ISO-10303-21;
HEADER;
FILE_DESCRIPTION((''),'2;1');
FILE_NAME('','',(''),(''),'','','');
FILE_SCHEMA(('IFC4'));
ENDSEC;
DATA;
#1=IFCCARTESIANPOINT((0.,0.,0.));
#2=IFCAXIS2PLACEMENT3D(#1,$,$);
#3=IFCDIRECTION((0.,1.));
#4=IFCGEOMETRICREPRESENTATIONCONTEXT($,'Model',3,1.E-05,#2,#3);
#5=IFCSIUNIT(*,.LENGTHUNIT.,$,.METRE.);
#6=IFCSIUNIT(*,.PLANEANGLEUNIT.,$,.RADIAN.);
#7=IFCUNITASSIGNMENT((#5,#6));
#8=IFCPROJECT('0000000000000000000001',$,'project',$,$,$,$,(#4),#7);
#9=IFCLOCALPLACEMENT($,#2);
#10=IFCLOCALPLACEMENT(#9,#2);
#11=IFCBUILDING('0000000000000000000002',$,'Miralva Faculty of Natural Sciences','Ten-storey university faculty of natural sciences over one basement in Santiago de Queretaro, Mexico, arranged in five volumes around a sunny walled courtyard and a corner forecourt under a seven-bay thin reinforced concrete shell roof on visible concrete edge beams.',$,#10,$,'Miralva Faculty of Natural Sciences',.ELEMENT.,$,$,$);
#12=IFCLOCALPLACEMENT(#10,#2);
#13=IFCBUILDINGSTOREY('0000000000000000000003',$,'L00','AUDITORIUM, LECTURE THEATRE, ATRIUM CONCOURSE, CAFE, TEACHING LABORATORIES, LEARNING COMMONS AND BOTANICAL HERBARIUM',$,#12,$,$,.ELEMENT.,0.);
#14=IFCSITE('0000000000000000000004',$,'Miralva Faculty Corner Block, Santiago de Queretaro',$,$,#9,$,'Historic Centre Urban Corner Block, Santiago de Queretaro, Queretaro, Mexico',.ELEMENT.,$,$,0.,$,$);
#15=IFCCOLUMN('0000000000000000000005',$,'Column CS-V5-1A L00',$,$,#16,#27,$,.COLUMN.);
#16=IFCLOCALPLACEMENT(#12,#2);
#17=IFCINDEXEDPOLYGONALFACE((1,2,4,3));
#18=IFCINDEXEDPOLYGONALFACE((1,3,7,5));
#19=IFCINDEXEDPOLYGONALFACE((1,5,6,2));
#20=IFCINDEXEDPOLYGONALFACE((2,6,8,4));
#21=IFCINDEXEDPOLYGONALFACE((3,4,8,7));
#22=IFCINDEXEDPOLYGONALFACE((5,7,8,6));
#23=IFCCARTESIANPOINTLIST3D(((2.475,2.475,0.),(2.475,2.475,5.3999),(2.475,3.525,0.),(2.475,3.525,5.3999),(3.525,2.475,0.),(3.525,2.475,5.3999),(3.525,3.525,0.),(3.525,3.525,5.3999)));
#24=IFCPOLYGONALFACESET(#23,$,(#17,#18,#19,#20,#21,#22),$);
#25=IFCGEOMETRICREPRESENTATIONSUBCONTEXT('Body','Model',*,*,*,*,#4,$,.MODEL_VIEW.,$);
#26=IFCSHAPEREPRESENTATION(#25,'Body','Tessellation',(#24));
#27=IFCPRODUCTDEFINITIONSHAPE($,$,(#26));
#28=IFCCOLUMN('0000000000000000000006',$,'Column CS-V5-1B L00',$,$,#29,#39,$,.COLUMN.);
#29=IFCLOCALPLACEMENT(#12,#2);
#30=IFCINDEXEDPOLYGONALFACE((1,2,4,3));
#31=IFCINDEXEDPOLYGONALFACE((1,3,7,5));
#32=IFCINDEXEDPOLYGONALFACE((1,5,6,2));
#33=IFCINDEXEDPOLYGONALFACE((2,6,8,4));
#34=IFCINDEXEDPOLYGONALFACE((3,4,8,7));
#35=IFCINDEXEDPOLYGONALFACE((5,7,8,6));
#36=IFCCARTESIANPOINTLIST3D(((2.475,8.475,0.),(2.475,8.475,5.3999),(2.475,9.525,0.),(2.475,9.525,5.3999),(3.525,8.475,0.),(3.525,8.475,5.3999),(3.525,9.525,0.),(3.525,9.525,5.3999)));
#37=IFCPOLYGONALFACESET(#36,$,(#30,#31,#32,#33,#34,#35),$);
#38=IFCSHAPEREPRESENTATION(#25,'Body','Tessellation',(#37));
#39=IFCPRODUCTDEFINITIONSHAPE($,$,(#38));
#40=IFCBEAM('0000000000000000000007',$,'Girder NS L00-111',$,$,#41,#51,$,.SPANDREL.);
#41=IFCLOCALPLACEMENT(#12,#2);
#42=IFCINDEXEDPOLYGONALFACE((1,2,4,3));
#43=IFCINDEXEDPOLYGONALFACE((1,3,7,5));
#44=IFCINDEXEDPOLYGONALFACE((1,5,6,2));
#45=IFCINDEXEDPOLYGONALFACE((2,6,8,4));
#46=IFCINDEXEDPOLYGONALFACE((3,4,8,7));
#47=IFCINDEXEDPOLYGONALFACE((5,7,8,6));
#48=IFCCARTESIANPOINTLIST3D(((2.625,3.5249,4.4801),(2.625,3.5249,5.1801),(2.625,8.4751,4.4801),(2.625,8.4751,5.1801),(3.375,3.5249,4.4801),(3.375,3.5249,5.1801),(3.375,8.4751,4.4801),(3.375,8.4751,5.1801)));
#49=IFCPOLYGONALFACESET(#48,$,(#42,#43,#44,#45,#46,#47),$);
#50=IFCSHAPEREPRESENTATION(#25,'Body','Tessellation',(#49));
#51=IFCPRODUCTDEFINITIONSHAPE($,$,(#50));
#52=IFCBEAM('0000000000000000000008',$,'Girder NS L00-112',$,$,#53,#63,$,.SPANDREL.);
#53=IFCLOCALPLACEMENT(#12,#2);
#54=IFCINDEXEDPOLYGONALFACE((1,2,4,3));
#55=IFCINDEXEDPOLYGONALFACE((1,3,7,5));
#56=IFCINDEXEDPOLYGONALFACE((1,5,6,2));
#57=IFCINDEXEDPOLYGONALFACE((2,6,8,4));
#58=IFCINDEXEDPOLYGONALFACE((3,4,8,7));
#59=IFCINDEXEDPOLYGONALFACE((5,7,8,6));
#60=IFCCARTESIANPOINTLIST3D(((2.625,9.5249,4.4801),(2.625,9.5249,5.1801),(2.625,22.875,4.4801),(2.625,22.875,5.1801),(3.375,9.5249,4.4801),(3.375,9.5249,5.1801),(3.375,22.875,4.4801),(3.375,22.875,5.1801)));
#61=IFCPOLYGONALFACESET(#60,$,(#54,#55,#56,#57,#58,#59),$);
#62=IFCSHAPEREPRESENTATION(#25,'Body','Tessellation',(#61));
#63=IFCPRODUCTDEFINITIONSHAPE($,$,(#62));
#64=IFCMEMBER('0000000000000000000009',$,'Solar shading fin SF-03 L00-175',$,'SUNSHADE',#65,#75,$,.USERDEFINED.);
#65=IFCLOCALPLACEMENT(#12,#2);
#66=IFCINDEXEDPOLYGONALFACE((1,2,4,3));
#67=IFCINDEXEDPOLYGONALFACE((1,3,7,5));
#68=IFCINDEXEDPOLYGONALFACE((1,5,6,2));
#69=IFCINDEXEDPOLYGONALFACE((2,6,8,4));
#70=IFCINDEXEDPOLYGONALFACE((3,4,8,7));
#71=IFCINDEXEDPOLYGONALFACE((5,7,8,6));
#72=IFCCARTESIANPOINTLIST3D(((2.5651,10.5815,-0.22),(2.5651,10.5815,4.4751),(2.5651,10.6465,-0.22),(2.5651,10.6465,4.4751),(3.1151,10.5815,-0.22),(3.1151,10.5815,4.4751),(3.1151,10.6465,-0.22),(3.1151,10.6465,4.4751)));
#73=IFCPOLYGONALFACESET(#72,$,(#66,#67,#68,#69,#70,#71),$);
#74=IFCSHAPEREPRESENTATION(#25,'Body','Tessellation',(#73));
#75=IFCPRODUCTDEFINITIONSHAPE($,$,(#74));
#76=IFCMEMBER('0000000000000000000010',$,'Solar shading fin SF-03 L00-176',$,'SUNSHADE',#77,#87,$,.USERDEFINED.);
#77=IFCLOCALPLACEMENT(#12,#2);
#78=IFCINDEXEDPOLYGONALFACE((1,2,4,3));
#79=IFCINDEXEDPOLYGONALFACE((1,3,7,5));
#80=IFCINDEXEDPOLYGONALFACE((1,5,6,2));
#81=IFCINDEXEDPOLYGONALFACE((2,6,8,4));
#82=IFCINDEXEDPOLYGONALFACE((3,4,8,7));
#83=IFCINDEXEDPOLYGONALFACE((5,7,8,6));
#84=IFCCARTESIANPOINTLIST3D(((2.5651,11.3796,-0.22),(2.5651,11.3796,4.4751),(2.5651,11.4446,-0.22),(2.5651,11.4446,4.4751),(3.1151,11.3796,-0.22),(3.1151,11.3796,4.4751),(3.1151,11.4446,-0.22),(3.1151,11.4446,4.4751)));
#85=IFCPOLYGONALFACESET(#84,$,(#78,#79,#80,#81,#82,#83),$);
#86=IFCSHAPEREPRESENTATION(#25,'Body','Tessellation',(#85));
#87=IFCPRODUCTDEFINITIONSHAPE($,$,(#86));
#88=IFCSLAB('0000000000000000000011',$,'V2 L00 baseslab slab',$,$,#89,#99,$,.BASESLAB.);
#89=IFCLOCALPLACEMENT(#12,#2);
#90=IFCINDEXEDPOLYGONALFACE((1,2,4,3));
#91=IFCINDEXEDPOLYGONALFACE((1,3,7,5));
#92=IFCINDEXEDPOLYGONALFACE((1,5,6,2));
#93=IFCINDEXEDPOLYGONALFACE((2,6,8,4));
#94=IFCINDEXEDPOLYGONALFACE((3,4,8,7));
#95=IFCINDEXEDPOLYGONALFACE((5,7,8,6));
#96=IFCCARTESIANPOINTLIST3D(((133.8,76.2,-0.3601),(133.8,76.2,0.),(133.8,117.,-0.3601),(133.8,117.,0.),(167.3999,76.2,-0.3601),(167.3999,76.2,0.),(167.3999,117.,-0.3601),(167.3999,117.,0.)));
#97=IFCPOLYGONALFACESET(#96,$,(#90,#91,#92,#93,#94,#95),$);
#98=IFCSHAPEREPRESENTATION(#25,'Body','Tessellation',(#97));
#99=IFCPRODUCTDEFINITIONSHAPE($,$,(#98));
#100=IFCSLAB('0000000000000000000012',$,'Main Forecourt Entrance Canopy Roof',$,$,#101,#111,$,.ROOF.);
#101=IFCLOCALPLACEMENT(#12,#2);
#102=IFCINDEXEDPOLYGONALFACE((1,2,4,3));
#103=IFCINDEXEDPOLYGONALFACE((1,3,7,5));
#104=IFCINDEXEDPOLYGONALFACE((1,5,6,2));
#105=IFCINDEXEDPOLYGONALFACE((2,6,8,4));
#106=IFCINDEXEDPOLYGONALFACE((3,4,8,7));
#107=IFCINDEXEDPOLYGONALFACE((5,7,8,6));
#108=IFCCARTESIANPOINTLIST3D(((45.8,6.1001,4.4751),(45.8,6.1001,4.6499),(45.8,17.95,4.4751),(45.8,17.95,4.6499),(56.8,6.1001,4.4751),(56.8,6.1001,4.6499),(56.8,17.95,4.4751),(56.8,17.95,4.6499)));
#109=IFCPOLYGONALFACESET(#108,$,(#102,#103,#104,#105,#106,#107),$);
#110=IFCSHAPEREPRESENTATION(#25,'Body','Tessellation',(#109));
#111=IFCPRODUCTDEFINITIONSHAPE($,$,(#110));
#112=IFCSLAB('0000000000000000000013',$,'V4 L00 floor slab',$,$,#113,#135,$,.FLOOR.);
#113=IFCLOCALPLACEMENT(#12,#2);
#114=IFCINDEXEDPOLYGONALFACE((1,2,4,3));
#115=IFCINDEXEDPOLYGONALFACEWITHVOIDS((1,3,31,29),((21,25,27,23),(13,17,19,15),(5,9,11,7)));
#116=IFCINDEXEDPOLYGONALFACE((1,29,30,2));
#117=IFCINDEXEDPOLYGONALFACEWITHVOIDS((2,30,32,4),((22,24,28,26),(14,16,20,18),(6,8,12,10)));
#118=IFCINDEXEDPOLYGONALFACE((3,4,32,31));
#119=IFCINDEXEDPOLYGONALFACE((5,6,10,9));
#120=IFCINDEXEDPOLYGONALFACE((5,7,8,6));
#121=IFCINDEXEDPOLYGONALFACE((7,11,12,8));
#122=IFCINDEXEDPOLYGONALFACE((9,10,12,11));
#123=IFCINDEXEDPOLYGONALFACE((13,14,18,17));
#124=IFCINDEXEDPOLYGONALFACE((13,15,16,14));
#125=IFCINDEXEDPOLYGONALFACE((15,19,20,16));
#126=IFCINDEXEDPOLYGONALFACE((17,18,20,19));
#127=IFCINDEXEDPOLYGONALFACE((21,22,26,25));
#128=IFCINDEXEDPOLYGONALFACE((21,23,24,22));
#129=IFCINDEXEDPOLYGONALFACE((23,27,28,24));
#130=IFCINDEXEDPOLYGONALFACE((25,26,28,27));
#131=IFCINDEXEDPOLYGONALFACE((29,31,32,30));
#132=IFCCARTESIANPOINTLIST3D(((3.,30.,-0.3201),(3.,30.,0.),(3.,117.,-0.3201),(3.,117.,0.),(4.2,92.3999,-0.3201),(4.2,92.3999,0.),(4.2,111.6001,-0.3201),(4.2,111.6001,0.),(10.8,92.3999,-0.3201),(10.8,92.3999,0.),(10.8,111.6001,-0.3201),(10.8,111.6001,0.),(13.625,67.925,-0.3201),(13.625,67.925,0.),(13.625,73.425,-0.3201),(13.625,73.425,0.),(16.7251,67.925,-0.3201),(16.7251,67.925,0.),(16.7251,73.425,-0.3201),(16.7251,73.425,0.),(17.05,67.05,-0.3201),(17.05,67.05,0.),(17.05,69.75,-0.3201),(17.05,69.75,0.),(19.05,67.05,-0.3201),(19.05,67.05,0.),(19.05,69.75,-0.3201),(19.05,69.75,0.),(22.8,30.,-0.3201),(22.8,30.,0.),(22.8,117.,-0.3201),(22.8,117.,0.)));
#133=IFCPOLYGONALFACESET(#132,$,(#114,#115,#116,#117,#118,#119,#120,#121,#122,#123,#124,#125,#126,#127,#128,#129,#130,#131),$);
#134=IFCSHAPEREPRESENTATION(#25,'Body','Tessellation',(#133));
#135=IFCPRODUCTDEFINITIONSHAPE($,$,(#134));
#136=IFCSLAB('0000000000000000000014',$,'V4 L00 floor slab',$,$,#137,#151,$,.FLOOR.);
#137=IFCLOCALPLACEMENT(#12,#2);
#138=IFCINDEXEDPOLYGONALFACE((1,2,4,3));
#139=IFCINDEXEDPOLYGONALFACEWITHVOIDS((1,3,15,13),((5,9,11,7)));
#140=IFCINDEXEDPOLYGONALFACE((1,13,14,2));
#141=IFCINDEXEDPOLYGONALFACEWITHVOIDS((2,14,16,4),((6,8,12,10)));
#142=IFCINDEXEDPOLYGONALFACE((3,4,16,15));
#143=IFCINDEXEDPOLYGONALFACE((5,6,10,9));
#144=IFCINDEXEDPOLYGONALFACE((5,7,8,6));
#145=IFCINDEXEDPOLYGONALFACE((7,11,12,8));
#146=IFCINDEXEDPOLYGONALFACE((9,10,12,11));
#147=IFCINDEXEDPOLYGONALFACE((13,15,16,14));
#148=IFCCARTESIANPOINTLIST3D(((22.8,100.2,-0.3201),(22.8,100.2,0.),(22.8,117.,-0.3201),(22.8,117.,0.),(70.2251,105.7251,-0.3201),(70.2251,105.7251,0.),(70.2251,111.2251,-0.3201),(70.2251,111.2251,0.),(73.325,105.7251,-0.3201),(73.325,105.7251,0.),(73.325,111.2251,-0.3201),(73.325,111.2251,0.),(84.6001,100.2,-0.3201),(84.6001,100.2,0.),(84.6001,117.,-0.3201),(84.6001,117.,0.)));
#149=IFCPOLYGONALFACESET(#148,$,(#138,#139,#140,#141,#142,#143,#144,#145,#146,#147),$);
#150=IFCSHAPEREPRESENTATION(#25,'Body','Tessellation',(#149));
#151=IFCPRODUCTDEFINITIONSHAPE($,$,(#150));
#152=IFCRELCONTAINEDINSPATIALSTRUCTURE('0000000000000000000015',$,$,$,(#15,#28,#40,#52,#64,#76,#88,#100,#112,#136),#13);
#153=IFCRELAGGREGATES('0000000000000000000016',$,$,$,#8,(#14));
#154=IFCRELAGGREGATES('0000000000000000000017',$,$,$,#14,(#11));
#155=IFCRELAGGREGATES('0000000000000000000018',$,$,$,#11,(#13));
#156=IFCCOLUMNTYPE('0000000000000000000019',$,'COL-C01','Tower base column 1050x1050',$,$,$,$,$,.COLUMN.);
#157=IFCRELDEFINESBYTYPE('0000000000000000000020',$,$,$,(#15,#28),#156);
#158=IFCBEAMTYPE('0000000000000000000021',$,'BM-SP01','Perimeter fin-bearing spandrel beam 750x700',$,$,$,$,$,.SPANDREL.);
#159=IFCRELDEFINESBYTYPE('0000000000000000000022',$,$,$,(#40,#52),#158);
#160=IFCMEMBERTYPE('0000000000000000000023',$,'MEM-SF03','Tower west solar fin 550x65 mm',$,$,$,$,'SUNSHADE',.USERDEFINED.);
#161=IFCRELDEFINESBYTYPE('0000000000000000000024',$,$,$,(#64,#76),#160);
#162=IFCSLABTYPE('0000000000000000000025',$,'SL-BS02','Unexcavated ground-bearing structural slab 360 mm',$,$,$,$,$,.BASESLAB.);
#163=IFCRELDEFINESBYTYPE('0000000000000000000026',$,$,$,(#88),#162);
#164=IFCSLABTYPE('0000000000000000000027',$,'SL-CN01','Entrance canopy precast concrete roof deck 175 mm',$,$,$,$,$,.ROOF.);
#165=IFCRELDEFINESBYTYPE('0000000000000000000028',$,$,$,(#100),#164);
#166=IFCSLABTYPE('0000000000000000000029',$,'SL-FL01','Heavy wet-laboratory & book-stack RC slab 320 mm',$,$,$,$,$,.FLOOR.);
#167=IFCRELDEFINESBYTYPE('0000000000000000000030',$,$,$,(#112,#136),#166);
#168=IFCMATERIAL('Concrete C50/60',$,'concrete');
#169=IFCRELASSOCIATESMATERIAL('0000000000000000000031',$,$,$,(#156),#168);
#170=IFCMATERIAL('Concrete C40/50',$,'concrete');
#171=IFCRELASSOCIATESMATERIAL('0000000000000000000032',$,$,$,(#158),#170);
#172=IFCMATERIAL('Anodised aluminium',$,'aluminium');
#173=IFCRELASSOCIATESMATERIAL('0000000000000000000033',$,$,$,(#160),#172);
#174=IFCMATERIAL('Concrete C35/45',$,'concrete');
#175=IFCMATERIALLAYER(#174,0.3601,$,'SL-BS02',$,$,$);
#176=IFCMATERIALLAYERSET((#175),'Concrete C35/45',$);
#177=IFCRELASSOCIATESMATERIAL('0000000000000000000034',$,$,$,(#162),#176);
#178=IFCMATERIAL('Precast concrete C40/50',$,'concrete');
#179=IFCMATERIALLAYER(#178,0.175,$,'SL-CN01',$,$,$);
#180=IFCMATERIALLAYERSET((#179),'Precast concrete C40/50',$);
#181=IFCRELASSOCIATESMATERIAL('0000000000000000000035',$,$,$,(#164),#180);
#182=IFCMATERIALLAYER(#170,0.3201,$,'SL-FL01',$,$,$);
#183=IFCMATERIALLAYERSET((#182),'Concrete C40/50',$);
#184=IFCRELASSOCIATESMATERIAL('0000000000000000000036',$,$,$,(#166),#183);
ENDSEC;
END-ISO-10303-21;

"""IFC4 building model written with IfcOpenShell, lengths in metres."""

from ifc_helpers import new_model, si_unit, direction, frame, origin, origin_2d, place, context, subcontext, project, spatial, polyline, rectangle, outline, extrude, material, layer, layer_set, material_profile, profile_set, type_object, element, save


model = new_model("IFC4")

# Units and contexts
model_context = context("Model", 3, precision=1e-05, world=origin(), true_north=direction((0.0, 1.0)))
body_context = subcontext(model_context, "Body", "Model", "MODEL_VIEW")
ifc_project = project(units=[si_unit("LENGTHUNIT", "METRE"), si_unit("PLANEANGLEUNIT", "RADIAN")], contexts=[model_context])

# Site, building, storey
site_placement = place(None, origin())
site = spatial("IfcSite", under=ifc_project, at=site_placement, Name="Miralva Faculty Corner Block, Santiago de Queretaro", LongName="Historic Centre Urban Corner Block, Santiago de Queretaro, Queretaro, Mexico", CompositionType="ELEMENT", RefElevation=0.0)
building_placement = place(site_placement, origin())
building = spatial("IfcBuilding", under=site, at=building_placement, Name="Miralva Faculty of Natural Sciences", Description="Ten-storey university faculty of natural sciences over one basement in Santiago de Queretaro, Mexico, arranged in five volumes around a sunny walled courtyard and a corner forecourt under a seven-bay thin reinforced concrete shell roof on visible concrete edge beams.", LongName="Miralva Faculty of Natural Sciences", CompositionType="ELEMENT")
storey_placement = place(building_placement, origin())
storey = spatial("IfcBuildingStorey", under=building, at=storey_placement, Name="L00", Description="AUDITORIUM, LECTURE THEATRE, ATRIUM CONCOURSE, CAFE, TEACHING LABORATORIES, LEARNING COMMONS AND BOTANICAL HERBARIUM", CompositionType="ELEMENT", Elevation=0.0)

# Columns
ifc_material_1 = material(Name="Concrete C50/60", Category="concrete")
ifc_material_profile_1 = material_profile(ifc_material_1, rectangle(XDim=1.05, YDim=1.05, at=origin_2d()), Name="RC 1050x1050")
ifc_profile_set_1 = profile_set([ifc_material_profile_1], Name="Concrete C50/60")
column_type = type_object("IfcColumnType", Name="COL-C01", Description="Tower base column 1050x1050", PredefinedType="COLUMN", material=ifc_profile_set_1)
for number, where, z_axis, x_axis, name in (
    (1, (3.0, 3.0, 0.0), (0.0, 0.0, 1.0), (1.0, 0.0, 0.0), "Column CS-V5-1A L00"),
    (2, (3.0, 9.0, 0.0), (0.0, 0.0, 1.0), (1.0, 0.0, 0.0), "Column CS-V5-1B L00"),
):
    element("IfcColumn", number, at=place(storey_placement, frame(where, z_axis=z_axis, x_axis=x_axis)), inside=storey, type_object=column_type, Name=name, PredefinedType="COLUMN", context=body_context, shape_type="SweptSolid", body=[
        extrude(rectangle(XDim=1.05, YDim=1.05, at=origin_2d()), origin(), (0.0, 0.0, 1.0), 5.3999),
    ])

# Beams
ifc_material_2 = material(Name="Concrete C40/50", Category="concrete")
ifc_material_profile_2 = material_profile(ifc_material_2, rectangle(XDim=0.75, YDim=0.7, at=origin_2d()), Name="RC 750x700")
ifc_profile_set_2 = profile_set([ifc_material_profile_2], Name="Concrete C40/50")
beam_type = type_object("IfcBeamType", Name="BM-SP01", Description="Perimeter fin-bearing spandrel beam 750x700", PredefinedType="SPANDREL", material=ifc_profile_set_2)
beam_1_placement = place(storey_placement, frame((3.0, 3.5249, 4.8301), z_axis=(0.0, 1.0, 0.0), x_axis=(-1.0, 0.0, 0.0)))
element("IfcBeam", 3, at=beam_1_placement, inside=storey, type_object=beam_type, Name="Girder NS L00-111", PredefinedType="SPANDREL", context=body_context, shape_type="SweptSolid", body=[
    extrude(rectangle(XDim=0.75, YDim=0.7, at=origin_2d()), origin(), (0.0, 0.0, 1.0), 4.9502),
])
beam_2_placement = place(storey_placement, frame((3.0, 9.5249, 4.8301), z_axis=(0.0, 1.0, 0.0), x_axis=(-1.0, 0.0, 0.0)))
element("IfcBeam", 4, at=beam_2_placement, inside=storey, type_object=beam_type, Name="Girder NS L00-112", PredefinedType="SPANDREL", context=body_context, shape_type="SweptSolid", body=[
    extrude(rectangle(XDim=0.75, YDim=0.7, at=origin_2d()), origin(), (0.0, 0.0, 1.0), 13.3501),
])

# Members
ifc_material_3 = material(Name="Anodised aluminium", Category="aluminium")
ifc_material_profile_3 = material_profile(ifc_material_3, rectangle(XDim=0.0649, YDim=0.55, at=origin_2d()), Name="FIN 550x65")
ifc_profile_set_3 = profile_set([ifc_material_profile_3], Name="Anodised aluminium")
member_type = type_object("IfcMemberType", Name="MEM-SF03", Description="Tower west solar fin 550x65 mm", ElementType="SUNSHADE", PredefinedType="USERDEFINED", material=ifc_profile_set_3)
for number, where, z_axis, x_axis, name in (
    (5, (2.8401, 10.614, -0.22), (0.0, 0.0, 1.0), (0.0, -1.0, 0.0), "Solar shading fin SF-03 L00-175"),
    (6, (2.8401, 11.4121, -0.22), (0.0, 0.0, 1.0), (0.0, -1.0, 0.0), "Solar shading fin SF-03 L00-176"),
):
    element("IfcMember", number, at=place(storey_placement, frame(where, z_axis=z_axis, x_axis=x_axis)), inside=storey, type_object=member_type, Name=name, ObjectType="SUNSHADE", PredefinedType="USERDEFINED", context=body_context, shape_type="SweptSolid", body=[
        extrude(rectangle(XDim=0.0649, YDim=0.55, at=origin_2d()), origin(), (0.0, 0.0, 1.0), 4.6951),
    ])

# Slabs
ifc_material_4 = material(Name="Concrete C35/45", Category="concrete")
ifc_layer_1 = layer(ifc_material_4, 0.3601, Name="SL-BS02")
ifc_layer_set_1 = layer_set([ifc_layer_1], Name="Concrete C35/45")
slab_type_1 = type_object("IfcSlabType", Name="SL-BS02", Description="Unexcavated ground-bearing structural slab 360 mm", PredefinedType="BASESLAB", material=ifc_layer_set_1)
slab_1_placement = place(storey_placement, frame((0.0, 0.0, -0.3601)))
element("IfcSlab", 7, at=slab_1_placement, inside=storey, type_object=slab_type_1, Name="V2 L00 baseslab slab", PredefinedType="BASESLAB", context=body_context, shape_type="SweptSolid", body=[
    extrude(outline(polyline([(167.3999, 76.2), (133.8, 76.2), (133.8, 117.0), (167.3999, 117.0), (167.3999, 76.2)])), origin(), (0.0, 0.0, 1.0), 0.3601),
])
ifc_material_5 = material(Name="Precast concrete C40/50", Category="concrete")
ifc_layer_2 = layer(ifc_material_5, 0.175, Name="SL-CN01")
ifc_layer_set_2 = layer_set([ifc_layer_2], Name="Precast concrete C40/50")
slab_type_2 = type_object("IfcSlabType", Name="SL-CN01", Description="Entrance canopy precast concrete roof deck 175 mm", PredefinedType="ROOF", material=ifc_layer_set_2)
slab_2_placement = place(storey_placement, frame((0.0, 0.0, 4.4751)))
element("IfcSlab", 8, at=slab_2_placement, inside=storey, type_object=slab_type_2, Name="Main Forecourt Entrance Canopy Roof", PredefinedType="ROOF", context=body_context, shape_type="SweptSolid", body=[
    extrude(outline(polyline([(45.8, 6.1001), (56.8, 6.1001), (56.8, 17.95), (45.8, 17.95), (45.8, 6.1001)])), origin(), (0.0, 0.0, 1.0), 0.1748),
])
ifc_layer_3 = layer(ifc_material_2, 0.3201, Name="SL-FL01")
ifc_layer_set_3 = layer_set([ifc_layer_3], Name="Concrete C40/50")
slab_type_3 = type_object("IfcSlabType", Name="SL-FL01", Description="Heavy wet-laboratory & book-stack RC slab 320 mm", PredefinedType="FLOOR", material=ifc_layer_set_3)
slab_3_placement = place(storey_placement, frame((0.0, 0.0, -0.3201)))
element("IfcSlab", 9, at=slab_3_placement, inside=storey, type_object=slab_type_3, Name="V4 L00 floor slab", PredefinedType="FLOOR", context=body_context, shape_type="SweptSolid", body=[
    extrude(outline(polyline([(22.8, 30.0), (3.0, 30.0), (3.0, 117.0), (22.8, 117.0), (22.8, 30.0)]), holes=[polyline([(16.7251, 67.925), (13.625, 67.925), (13.625, 73.425), (16.7251, 73.425), (16.7251, 67.925)]), polyline([(19.05, 67.05), (17.05, 67.05), (17.05, 69.75), (19.05, 69.75), (19.05, 67.05)]), polyline([(10.8, 92.3999), (4.2, 92.3999), (4.2, 111.6001), (10.8, 111.6001), (10.8, 92.3999)])]), origin(), (0.0, 0.0, 1.0), 0.3201),
])
slab_4_placement = place(storey_placement, frame((0.0, 0.0, -0.3201)))
element("IfcSlab", 10, at=slab_4_placement, inside=storey, type_object=slab_type_3, Name="V4 L00 floor slab", PredefinedType="FLOOR", context=body_context, shape_type="SweptSolid", body=[
    extrude(outline(polyline([(84.6001, 100.2), (22.8, 100.2), (22.8, 117.0), (84.6001, 117.0), (84.6001, 100.2)]), holes=[polyline([(73.325, 105.7251), (70.2251, 105.7251), (70.2251, 111.2251), (73.325, 111.2251), (73.325, 105.7251)])]), origin(), (0.0, 0.0, 1.0), 0.3201),
])

save(model, "model.ifc")
